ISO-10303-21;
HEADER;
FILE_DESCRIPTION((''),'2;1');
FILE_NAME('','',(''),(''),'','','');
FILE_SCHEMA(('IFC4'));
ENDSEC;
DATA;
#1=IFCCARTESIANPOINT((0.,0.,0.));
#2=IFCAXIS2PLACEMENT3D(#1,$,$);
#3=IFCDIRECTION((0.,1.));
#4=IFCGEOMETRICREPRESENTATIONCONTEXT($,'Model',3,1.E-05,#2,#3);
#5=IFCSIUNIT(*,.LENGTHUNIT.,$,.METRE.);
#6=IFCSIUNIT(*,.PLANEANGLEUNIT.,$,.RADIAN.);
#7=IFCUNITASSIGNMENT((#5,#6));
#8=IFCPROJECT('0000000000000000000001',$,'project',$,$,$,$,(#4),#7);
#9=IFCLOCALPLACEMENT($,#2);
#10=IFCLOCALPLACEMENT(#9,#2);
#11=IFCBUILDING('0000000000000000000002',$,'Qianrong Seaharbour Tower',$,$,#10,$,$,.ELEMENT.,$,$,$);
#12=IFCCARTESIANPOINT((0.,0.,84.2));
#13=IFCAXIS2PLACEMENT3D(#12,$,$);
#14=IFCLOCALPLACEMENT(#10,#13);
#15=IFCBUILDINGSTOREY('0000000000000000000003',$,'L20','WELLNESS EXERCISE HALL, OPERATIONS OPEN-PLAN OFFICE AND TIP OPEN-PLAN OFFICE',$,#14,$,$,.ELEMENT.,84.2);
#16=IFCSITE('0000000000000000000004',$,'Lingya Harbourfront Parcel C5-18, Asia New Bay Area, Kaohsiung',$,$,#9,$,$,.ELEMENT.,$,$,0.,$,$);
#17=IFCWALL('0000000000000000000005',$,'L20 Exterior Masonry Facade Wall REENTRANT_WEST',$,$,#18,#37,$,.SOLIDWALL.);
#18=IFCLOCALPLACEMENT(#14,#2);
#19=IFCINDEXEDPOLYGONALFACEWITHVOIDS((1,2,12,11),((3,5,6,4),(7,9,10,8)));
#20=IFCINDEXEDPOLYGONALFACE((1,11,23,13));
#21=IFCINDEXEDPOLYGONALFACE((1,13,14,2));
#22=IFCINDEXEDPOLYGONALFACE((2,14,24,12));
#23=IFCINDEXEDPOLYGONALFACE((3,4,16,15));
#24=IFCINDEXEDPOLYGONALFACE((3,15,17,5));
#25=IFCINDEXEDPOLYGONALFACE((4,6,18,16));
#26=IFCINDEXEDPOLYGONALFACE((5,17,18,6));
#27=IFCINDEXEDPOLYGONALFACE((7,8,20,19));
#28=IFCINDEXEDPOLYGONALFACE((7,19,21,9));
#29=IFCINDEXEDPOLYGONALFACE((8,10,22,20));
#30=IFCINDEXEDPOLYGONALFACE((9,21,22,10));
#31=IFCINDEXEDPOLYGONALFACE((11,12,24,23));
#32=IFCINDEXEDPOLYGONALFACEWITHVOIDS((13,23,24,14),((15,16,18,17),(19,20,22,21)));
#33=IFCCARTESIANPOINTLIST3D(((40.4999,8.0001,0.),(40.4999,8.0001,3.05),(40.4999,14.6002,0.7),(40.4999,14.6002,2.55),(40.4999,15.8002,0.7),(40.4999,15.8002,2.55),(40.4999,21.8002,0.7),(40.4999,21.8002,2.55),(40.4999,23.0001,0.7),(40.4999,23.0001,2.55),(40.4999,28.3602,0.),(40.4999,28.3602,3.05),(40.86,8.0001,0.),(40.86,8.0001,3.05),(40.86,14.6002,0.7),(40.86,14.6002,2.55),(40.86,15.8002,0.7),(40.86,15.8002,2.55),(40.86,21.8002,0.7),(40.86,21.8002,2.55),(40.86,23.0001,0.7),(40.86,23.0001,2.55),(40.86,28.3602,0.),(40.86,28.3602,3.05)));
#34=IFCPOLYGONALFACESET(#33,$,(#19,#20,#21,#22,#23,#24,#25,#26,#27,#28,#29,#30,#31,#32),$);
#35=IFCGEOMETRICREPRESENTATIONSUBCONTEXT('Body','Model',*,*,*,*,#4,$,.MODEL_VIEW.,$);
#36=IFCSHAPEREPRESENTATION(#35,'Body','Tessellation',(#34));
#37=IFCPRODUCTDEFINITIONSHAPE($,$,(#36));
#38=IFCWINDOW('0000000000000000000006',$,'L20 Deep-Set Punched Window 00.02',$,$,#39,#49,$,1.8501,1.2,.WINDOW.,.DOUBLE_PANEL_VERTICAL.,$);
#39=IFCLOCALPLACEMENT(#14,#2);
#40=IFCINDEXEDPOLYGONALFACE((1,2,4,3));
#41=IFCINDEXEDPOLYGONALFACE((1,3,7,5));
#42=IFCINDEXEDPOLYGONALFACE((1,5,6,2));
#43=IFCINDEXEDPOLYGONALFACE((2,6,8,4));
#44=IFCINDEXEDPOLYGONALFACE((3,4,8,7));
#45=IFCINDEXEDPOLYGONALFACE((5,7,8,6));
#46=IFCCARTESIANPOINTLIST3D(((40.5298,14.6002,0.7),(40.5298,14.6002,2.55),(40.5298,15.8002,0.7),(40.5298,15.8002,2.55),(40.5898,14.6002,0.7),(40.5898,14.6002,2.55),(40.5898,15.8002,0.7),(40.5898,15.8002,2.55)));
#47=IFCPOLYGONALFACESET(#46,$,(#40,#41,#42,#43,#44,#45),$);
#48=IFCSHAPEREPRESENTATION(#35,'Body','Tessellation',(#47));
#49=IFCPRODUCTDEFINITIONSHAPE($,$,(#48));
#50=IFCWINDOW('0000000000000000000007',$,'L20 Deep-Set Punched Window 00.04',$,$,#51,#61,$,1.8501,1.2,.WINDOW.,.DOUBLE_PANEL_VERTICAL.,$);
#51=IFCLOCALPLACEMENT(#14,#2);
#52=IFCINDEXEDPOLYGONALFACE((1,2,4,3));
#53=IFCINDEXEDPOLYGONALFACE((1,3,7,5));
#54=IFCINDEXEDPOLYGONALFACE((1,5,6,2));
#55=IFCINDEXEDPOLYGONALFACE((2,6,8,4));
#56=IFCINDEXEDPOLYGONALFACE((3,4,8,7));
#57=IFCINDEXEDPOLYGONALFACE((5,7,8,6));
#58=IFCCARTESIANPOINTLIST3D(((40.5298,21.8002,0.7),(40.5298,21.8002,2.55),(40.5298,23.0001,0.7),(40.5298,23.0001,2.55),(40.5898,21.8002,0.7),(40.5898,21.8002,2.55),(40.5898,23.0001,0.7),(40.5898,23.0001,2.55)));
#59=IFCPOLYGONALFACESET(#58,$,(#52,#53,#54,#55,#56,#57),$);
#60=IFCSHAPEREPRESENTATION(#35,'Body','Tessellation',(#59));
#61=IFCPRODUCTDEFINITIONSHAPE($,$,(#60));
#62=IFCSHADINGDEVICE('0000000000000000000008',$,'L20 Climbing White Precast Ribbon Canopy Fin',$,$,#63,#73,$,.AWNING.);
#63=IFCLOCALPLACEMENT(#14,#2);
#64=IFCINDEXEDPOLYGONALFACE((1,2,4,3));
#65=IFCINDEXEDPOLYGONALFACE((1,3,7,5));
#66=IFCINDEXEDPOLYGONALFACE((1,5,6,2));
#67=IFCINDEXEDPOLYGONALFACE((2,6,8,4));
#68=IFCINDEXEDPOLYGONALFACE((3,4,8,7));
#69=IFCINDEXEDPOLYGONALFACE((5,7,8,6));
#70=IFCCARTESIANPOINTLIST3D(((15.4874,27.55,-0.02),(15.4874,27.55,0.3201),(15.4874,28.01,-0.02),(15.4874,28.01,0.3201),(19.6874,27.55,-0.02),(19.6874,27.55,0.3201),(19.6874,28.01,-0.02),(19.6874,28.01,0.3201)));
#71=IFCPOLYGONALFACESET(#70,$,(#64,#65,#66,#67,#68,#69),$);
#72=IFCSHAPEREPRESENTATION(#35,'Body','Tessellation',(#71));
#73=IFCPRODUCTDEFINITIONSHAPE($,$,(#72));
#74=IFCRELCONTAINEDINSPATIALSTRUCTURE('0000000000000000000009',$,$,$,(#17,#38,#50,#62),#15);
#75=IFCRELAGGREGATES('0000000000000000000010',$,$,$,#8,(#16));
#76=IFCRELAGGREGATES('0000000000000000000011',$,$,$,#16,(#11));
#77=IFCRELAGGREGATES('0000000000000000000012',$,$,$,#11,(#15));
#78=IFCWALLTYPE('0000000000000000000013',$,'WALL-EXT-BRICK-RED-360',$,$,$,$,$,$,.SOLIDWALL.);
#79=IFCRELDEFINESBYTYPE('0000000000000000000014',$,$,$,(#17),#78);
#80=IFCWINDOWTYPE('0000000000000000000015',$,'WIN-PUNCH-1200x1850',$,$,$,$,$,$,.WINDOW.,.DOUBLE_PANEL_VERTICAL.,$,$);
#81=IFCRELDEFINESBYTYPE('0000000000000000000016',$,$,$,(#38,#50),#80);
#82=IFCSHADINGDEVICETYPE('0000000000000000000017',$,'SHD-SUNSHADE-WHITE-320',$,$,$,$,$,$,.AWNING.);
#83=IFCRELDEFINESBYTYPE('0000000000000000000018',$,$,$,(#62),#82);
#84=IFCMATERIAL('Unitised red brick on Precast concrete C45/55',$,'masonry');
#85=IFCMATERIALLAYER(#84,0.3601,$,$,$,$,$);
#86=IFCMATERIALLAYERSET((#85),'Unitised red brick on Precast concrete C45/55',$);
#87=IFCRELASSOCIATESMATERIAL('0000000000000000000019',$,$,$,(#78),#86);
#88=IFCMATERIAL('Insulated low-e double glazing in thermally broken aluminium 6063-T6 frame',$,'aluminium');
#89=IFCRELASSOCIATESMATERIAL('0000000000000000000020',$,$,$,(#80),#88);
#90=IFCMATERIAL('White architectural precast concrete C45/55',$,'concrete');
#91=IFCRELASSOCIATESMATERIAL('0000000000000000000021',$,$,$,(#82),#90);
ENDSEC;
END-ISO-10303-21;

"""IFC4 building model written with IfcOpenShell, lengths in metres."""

from ifc_helpers import new_model, si_unit, direction, frame, frame_2d, origin, origin_2d, place, context, subcontext, project, spatial, rectangle, extrude, material, layer, layer_set, type_object, element, fill, save


model = new_model("IFC4")

# Units and contexts
model_context = context("Model", 3, precision=1e-05, world=origin(), true_north=direction((0.0, 1.0)))
body_context = subcontext(model_context, "Body", "Model", "MODEL_VIEW")
ifc_project = project(units=[si_unit("LENGTHUNIT", "METRE"), si_unit("PLANEANGLEUNIT", "RADIAN")], contexts=[model_context])

# Site, building, storey
site_placement = place(None, origin())
site = spatial("IfcSite", under=ifc_project, at=site_placement, Name="Lingya Harbourfront Parcel C5-18, Asia New Bay Area, Kaohsiung", CompositionType="ELEMENT", RefElevation=0.0)
building_placement = place(site_placement, origin())
building = spatial("IfcBuilding", under=site, at=building_placement, Name="Qianrong Seaharbour Tower", CompositionType="ELEMENT")
storey_placement = place(building_placement, frame((0.0, 0.0, 84.2)))
storey = spatial("IfcBuildingStorey", under=building, at=storey_placement, Name="L20", Description="WELLNESS EXERCISE HALL, OPERATIONS OPEN-PLAN OFFICE AND TIP OPEN-PLAN OFFICE", CompositionType="ELEMENT", Elevation=84.2)

# Wall, openings, windows
ifc_material_1 = material(Name="Unitised red brick on Precast concrete C45/55", Category="masonry")
ifc_layer = layer(ifc_material_1, 0.3601)
ifc_layer_set = layer_set([ifc_layer], Name="Unitised red brick on Precast concrete C45/55")
wall_type = type_object("IfcWallType", Name="WALL-EXT-BRICK-RED-360", PredefinedType="SOLIDWALL", material=ifc_layer_set)
wall_placement = place(storey_placement, frame((40.6799, 8.0, 0.0), z_axis=(0.0, 0.0, 1.0), x_axis=(0.0, 1.0, 0.0)))
wall = element("IfcWall", 1, at=wall_placement, inside=storey, type_object=wall_type, Name="L20 Exterior Masonry Facade Wall REENTRANT_WEST", PredefinedType="SOLIDWALL", context=body_context, shape_type="SweptSolid", body=[
    extrude(rectangle(XDim=20.3601, YDim=0.3601, at=frame_2d((10.1802, 0.0))), origin(), (0.0, 0.0, 1.0), 3.05),
])
opening_1_placement = place(wall_placement, frame((6.6001, 0.0, 0.7)))
opening_1 = element("IfcOpeningElement", 2, at=opening_1_placement, cuts=wall, PredefinedType="OPENING", context=body_context, shape_type="SweptSolid", body=[
    extrude(rectangle(XDim=1.2, YDim=1.8501, at=frame_2d((0.6001, 0.925))), frame((0.0, 0.1899, 0.0), z_axis=(0.0, -1.0, 0.0), x_axis=(1.0, 0.0, 0.0)), (0.0, 0.0, 1.0), 0.3801),
])
opening_2_placement = place(wall_placement, frame((13.8, 0.0, 0.7)))
opening_2 = element("IfcOpeningElement", 3, at=opening_2_placement, cuts=wall, PredefinedType="OPENING", context=body_context, shape_type="SweptSolid", body=[
    extrude(rectangle(XDim=1.2, YDim=1.8501, at=frame_2d((0.6001, 0.925))), frame((0.0, 0.1899, 0.0), z_axis=(0.0, -1.0, 0.0), x_axis=(1.0, 0.0, 0.0)), (0.0, 0.0, 1.0), 0.3801),
])
ifc_material_2 = material(Name="Insulated low-e double glazing in thermally broken aluminium 6063-T6 frame", Category="aluminium")
window_type = type_object("IfcWindowType", Name="WIN-PUNCH-1200x1850", PartitioningType="DOUBLE_PANEL_VERTICAL", PredefinedType="WINDOW", material=ifc_material_2)
window_1_placement = place(opening_1_placement, origin())
window_1 = element("IfcWindow", 4, at=window_1_placement, inside=storey, type_object=window_type, Name="L20 Deep-Set Punched Window 00.02", OverallHeight=1.8501, OverallWidth=1.2, PartitioningType="DOUBLE_PANEL_VERTICAL", PredefinedType="WINDOW", context=body_context, shape_type="SweptSolid", body=[
    extrude(rectangle(XDim=1.2, YDim=1.8501, at=frame_2d((0.6001, 0.925))), frame((0.0, 0.1501, 0.0), z_axis=(0.0, -1.0, 0.0), x_axis=(1.0, 0.0, 0.0)), (0.0, 0.0, 1.0), 0.0601),
])
fill(opening_1, window_1)
window_2_placement = place(opening_2_placement, origin())
window_2 = element("IfcWindow", 5, at=window_2_placement, inside=storey, type_object=window_type, Name="L20 Deep-Set Punched Window 00.04", OverallHeight=1.8501, OverallWidth=1.2, PartitioningType="DOUBLE_PANEL_VERTICAL", PredefinedType="WINDOW", context=body_context, shape_type="SweptSolid", body=[
    extrude(rectangle(XDim=1.2, YDim=1.8501, at=frame_2d((0.6001, 0.925))), frame((0.0, 0.1501, 0.0), z_axis=(0.0, -1.0, 0.0), x_axis=(1.0, 0.0, 0.0)), (0.0, 0.0, 1.0), 0.0601),
])
fill(opening_2, window_2)

# Shading device
ifc_material_3 = material(Name="White architectural precast concrete C45/55", Category="concrete")
shading_device_type = type_object("IfcShadingDeviceType", Name="SHD-SUNSHADE-WHITE-320", PredefinedType="AWNING", material=ifc_material_3)
shading_device_placement = place(storey_placement, frame((17.5874, 27.78, -0.02), z_axis=(0.0, 0.0, 1.0), x_axis=(1.0, 0.0, 0.0)))
element("IfcShadingDevice", 6, at=shading_device_placement, inside=storey, type_object=shading_device_type, Name="L20 Climbing White Precast Ribbon Canopy Fin", PredefinedType="AWNING", context=body_context, shape_type="SweptSolid", body=[
    extrude(rectangle(XDim=4.2, YDim=0.46, at=origin_2d()), origin(), (0.0, 0.0, 1.0), 0.3401),
])

save(model, "model.ifc")
